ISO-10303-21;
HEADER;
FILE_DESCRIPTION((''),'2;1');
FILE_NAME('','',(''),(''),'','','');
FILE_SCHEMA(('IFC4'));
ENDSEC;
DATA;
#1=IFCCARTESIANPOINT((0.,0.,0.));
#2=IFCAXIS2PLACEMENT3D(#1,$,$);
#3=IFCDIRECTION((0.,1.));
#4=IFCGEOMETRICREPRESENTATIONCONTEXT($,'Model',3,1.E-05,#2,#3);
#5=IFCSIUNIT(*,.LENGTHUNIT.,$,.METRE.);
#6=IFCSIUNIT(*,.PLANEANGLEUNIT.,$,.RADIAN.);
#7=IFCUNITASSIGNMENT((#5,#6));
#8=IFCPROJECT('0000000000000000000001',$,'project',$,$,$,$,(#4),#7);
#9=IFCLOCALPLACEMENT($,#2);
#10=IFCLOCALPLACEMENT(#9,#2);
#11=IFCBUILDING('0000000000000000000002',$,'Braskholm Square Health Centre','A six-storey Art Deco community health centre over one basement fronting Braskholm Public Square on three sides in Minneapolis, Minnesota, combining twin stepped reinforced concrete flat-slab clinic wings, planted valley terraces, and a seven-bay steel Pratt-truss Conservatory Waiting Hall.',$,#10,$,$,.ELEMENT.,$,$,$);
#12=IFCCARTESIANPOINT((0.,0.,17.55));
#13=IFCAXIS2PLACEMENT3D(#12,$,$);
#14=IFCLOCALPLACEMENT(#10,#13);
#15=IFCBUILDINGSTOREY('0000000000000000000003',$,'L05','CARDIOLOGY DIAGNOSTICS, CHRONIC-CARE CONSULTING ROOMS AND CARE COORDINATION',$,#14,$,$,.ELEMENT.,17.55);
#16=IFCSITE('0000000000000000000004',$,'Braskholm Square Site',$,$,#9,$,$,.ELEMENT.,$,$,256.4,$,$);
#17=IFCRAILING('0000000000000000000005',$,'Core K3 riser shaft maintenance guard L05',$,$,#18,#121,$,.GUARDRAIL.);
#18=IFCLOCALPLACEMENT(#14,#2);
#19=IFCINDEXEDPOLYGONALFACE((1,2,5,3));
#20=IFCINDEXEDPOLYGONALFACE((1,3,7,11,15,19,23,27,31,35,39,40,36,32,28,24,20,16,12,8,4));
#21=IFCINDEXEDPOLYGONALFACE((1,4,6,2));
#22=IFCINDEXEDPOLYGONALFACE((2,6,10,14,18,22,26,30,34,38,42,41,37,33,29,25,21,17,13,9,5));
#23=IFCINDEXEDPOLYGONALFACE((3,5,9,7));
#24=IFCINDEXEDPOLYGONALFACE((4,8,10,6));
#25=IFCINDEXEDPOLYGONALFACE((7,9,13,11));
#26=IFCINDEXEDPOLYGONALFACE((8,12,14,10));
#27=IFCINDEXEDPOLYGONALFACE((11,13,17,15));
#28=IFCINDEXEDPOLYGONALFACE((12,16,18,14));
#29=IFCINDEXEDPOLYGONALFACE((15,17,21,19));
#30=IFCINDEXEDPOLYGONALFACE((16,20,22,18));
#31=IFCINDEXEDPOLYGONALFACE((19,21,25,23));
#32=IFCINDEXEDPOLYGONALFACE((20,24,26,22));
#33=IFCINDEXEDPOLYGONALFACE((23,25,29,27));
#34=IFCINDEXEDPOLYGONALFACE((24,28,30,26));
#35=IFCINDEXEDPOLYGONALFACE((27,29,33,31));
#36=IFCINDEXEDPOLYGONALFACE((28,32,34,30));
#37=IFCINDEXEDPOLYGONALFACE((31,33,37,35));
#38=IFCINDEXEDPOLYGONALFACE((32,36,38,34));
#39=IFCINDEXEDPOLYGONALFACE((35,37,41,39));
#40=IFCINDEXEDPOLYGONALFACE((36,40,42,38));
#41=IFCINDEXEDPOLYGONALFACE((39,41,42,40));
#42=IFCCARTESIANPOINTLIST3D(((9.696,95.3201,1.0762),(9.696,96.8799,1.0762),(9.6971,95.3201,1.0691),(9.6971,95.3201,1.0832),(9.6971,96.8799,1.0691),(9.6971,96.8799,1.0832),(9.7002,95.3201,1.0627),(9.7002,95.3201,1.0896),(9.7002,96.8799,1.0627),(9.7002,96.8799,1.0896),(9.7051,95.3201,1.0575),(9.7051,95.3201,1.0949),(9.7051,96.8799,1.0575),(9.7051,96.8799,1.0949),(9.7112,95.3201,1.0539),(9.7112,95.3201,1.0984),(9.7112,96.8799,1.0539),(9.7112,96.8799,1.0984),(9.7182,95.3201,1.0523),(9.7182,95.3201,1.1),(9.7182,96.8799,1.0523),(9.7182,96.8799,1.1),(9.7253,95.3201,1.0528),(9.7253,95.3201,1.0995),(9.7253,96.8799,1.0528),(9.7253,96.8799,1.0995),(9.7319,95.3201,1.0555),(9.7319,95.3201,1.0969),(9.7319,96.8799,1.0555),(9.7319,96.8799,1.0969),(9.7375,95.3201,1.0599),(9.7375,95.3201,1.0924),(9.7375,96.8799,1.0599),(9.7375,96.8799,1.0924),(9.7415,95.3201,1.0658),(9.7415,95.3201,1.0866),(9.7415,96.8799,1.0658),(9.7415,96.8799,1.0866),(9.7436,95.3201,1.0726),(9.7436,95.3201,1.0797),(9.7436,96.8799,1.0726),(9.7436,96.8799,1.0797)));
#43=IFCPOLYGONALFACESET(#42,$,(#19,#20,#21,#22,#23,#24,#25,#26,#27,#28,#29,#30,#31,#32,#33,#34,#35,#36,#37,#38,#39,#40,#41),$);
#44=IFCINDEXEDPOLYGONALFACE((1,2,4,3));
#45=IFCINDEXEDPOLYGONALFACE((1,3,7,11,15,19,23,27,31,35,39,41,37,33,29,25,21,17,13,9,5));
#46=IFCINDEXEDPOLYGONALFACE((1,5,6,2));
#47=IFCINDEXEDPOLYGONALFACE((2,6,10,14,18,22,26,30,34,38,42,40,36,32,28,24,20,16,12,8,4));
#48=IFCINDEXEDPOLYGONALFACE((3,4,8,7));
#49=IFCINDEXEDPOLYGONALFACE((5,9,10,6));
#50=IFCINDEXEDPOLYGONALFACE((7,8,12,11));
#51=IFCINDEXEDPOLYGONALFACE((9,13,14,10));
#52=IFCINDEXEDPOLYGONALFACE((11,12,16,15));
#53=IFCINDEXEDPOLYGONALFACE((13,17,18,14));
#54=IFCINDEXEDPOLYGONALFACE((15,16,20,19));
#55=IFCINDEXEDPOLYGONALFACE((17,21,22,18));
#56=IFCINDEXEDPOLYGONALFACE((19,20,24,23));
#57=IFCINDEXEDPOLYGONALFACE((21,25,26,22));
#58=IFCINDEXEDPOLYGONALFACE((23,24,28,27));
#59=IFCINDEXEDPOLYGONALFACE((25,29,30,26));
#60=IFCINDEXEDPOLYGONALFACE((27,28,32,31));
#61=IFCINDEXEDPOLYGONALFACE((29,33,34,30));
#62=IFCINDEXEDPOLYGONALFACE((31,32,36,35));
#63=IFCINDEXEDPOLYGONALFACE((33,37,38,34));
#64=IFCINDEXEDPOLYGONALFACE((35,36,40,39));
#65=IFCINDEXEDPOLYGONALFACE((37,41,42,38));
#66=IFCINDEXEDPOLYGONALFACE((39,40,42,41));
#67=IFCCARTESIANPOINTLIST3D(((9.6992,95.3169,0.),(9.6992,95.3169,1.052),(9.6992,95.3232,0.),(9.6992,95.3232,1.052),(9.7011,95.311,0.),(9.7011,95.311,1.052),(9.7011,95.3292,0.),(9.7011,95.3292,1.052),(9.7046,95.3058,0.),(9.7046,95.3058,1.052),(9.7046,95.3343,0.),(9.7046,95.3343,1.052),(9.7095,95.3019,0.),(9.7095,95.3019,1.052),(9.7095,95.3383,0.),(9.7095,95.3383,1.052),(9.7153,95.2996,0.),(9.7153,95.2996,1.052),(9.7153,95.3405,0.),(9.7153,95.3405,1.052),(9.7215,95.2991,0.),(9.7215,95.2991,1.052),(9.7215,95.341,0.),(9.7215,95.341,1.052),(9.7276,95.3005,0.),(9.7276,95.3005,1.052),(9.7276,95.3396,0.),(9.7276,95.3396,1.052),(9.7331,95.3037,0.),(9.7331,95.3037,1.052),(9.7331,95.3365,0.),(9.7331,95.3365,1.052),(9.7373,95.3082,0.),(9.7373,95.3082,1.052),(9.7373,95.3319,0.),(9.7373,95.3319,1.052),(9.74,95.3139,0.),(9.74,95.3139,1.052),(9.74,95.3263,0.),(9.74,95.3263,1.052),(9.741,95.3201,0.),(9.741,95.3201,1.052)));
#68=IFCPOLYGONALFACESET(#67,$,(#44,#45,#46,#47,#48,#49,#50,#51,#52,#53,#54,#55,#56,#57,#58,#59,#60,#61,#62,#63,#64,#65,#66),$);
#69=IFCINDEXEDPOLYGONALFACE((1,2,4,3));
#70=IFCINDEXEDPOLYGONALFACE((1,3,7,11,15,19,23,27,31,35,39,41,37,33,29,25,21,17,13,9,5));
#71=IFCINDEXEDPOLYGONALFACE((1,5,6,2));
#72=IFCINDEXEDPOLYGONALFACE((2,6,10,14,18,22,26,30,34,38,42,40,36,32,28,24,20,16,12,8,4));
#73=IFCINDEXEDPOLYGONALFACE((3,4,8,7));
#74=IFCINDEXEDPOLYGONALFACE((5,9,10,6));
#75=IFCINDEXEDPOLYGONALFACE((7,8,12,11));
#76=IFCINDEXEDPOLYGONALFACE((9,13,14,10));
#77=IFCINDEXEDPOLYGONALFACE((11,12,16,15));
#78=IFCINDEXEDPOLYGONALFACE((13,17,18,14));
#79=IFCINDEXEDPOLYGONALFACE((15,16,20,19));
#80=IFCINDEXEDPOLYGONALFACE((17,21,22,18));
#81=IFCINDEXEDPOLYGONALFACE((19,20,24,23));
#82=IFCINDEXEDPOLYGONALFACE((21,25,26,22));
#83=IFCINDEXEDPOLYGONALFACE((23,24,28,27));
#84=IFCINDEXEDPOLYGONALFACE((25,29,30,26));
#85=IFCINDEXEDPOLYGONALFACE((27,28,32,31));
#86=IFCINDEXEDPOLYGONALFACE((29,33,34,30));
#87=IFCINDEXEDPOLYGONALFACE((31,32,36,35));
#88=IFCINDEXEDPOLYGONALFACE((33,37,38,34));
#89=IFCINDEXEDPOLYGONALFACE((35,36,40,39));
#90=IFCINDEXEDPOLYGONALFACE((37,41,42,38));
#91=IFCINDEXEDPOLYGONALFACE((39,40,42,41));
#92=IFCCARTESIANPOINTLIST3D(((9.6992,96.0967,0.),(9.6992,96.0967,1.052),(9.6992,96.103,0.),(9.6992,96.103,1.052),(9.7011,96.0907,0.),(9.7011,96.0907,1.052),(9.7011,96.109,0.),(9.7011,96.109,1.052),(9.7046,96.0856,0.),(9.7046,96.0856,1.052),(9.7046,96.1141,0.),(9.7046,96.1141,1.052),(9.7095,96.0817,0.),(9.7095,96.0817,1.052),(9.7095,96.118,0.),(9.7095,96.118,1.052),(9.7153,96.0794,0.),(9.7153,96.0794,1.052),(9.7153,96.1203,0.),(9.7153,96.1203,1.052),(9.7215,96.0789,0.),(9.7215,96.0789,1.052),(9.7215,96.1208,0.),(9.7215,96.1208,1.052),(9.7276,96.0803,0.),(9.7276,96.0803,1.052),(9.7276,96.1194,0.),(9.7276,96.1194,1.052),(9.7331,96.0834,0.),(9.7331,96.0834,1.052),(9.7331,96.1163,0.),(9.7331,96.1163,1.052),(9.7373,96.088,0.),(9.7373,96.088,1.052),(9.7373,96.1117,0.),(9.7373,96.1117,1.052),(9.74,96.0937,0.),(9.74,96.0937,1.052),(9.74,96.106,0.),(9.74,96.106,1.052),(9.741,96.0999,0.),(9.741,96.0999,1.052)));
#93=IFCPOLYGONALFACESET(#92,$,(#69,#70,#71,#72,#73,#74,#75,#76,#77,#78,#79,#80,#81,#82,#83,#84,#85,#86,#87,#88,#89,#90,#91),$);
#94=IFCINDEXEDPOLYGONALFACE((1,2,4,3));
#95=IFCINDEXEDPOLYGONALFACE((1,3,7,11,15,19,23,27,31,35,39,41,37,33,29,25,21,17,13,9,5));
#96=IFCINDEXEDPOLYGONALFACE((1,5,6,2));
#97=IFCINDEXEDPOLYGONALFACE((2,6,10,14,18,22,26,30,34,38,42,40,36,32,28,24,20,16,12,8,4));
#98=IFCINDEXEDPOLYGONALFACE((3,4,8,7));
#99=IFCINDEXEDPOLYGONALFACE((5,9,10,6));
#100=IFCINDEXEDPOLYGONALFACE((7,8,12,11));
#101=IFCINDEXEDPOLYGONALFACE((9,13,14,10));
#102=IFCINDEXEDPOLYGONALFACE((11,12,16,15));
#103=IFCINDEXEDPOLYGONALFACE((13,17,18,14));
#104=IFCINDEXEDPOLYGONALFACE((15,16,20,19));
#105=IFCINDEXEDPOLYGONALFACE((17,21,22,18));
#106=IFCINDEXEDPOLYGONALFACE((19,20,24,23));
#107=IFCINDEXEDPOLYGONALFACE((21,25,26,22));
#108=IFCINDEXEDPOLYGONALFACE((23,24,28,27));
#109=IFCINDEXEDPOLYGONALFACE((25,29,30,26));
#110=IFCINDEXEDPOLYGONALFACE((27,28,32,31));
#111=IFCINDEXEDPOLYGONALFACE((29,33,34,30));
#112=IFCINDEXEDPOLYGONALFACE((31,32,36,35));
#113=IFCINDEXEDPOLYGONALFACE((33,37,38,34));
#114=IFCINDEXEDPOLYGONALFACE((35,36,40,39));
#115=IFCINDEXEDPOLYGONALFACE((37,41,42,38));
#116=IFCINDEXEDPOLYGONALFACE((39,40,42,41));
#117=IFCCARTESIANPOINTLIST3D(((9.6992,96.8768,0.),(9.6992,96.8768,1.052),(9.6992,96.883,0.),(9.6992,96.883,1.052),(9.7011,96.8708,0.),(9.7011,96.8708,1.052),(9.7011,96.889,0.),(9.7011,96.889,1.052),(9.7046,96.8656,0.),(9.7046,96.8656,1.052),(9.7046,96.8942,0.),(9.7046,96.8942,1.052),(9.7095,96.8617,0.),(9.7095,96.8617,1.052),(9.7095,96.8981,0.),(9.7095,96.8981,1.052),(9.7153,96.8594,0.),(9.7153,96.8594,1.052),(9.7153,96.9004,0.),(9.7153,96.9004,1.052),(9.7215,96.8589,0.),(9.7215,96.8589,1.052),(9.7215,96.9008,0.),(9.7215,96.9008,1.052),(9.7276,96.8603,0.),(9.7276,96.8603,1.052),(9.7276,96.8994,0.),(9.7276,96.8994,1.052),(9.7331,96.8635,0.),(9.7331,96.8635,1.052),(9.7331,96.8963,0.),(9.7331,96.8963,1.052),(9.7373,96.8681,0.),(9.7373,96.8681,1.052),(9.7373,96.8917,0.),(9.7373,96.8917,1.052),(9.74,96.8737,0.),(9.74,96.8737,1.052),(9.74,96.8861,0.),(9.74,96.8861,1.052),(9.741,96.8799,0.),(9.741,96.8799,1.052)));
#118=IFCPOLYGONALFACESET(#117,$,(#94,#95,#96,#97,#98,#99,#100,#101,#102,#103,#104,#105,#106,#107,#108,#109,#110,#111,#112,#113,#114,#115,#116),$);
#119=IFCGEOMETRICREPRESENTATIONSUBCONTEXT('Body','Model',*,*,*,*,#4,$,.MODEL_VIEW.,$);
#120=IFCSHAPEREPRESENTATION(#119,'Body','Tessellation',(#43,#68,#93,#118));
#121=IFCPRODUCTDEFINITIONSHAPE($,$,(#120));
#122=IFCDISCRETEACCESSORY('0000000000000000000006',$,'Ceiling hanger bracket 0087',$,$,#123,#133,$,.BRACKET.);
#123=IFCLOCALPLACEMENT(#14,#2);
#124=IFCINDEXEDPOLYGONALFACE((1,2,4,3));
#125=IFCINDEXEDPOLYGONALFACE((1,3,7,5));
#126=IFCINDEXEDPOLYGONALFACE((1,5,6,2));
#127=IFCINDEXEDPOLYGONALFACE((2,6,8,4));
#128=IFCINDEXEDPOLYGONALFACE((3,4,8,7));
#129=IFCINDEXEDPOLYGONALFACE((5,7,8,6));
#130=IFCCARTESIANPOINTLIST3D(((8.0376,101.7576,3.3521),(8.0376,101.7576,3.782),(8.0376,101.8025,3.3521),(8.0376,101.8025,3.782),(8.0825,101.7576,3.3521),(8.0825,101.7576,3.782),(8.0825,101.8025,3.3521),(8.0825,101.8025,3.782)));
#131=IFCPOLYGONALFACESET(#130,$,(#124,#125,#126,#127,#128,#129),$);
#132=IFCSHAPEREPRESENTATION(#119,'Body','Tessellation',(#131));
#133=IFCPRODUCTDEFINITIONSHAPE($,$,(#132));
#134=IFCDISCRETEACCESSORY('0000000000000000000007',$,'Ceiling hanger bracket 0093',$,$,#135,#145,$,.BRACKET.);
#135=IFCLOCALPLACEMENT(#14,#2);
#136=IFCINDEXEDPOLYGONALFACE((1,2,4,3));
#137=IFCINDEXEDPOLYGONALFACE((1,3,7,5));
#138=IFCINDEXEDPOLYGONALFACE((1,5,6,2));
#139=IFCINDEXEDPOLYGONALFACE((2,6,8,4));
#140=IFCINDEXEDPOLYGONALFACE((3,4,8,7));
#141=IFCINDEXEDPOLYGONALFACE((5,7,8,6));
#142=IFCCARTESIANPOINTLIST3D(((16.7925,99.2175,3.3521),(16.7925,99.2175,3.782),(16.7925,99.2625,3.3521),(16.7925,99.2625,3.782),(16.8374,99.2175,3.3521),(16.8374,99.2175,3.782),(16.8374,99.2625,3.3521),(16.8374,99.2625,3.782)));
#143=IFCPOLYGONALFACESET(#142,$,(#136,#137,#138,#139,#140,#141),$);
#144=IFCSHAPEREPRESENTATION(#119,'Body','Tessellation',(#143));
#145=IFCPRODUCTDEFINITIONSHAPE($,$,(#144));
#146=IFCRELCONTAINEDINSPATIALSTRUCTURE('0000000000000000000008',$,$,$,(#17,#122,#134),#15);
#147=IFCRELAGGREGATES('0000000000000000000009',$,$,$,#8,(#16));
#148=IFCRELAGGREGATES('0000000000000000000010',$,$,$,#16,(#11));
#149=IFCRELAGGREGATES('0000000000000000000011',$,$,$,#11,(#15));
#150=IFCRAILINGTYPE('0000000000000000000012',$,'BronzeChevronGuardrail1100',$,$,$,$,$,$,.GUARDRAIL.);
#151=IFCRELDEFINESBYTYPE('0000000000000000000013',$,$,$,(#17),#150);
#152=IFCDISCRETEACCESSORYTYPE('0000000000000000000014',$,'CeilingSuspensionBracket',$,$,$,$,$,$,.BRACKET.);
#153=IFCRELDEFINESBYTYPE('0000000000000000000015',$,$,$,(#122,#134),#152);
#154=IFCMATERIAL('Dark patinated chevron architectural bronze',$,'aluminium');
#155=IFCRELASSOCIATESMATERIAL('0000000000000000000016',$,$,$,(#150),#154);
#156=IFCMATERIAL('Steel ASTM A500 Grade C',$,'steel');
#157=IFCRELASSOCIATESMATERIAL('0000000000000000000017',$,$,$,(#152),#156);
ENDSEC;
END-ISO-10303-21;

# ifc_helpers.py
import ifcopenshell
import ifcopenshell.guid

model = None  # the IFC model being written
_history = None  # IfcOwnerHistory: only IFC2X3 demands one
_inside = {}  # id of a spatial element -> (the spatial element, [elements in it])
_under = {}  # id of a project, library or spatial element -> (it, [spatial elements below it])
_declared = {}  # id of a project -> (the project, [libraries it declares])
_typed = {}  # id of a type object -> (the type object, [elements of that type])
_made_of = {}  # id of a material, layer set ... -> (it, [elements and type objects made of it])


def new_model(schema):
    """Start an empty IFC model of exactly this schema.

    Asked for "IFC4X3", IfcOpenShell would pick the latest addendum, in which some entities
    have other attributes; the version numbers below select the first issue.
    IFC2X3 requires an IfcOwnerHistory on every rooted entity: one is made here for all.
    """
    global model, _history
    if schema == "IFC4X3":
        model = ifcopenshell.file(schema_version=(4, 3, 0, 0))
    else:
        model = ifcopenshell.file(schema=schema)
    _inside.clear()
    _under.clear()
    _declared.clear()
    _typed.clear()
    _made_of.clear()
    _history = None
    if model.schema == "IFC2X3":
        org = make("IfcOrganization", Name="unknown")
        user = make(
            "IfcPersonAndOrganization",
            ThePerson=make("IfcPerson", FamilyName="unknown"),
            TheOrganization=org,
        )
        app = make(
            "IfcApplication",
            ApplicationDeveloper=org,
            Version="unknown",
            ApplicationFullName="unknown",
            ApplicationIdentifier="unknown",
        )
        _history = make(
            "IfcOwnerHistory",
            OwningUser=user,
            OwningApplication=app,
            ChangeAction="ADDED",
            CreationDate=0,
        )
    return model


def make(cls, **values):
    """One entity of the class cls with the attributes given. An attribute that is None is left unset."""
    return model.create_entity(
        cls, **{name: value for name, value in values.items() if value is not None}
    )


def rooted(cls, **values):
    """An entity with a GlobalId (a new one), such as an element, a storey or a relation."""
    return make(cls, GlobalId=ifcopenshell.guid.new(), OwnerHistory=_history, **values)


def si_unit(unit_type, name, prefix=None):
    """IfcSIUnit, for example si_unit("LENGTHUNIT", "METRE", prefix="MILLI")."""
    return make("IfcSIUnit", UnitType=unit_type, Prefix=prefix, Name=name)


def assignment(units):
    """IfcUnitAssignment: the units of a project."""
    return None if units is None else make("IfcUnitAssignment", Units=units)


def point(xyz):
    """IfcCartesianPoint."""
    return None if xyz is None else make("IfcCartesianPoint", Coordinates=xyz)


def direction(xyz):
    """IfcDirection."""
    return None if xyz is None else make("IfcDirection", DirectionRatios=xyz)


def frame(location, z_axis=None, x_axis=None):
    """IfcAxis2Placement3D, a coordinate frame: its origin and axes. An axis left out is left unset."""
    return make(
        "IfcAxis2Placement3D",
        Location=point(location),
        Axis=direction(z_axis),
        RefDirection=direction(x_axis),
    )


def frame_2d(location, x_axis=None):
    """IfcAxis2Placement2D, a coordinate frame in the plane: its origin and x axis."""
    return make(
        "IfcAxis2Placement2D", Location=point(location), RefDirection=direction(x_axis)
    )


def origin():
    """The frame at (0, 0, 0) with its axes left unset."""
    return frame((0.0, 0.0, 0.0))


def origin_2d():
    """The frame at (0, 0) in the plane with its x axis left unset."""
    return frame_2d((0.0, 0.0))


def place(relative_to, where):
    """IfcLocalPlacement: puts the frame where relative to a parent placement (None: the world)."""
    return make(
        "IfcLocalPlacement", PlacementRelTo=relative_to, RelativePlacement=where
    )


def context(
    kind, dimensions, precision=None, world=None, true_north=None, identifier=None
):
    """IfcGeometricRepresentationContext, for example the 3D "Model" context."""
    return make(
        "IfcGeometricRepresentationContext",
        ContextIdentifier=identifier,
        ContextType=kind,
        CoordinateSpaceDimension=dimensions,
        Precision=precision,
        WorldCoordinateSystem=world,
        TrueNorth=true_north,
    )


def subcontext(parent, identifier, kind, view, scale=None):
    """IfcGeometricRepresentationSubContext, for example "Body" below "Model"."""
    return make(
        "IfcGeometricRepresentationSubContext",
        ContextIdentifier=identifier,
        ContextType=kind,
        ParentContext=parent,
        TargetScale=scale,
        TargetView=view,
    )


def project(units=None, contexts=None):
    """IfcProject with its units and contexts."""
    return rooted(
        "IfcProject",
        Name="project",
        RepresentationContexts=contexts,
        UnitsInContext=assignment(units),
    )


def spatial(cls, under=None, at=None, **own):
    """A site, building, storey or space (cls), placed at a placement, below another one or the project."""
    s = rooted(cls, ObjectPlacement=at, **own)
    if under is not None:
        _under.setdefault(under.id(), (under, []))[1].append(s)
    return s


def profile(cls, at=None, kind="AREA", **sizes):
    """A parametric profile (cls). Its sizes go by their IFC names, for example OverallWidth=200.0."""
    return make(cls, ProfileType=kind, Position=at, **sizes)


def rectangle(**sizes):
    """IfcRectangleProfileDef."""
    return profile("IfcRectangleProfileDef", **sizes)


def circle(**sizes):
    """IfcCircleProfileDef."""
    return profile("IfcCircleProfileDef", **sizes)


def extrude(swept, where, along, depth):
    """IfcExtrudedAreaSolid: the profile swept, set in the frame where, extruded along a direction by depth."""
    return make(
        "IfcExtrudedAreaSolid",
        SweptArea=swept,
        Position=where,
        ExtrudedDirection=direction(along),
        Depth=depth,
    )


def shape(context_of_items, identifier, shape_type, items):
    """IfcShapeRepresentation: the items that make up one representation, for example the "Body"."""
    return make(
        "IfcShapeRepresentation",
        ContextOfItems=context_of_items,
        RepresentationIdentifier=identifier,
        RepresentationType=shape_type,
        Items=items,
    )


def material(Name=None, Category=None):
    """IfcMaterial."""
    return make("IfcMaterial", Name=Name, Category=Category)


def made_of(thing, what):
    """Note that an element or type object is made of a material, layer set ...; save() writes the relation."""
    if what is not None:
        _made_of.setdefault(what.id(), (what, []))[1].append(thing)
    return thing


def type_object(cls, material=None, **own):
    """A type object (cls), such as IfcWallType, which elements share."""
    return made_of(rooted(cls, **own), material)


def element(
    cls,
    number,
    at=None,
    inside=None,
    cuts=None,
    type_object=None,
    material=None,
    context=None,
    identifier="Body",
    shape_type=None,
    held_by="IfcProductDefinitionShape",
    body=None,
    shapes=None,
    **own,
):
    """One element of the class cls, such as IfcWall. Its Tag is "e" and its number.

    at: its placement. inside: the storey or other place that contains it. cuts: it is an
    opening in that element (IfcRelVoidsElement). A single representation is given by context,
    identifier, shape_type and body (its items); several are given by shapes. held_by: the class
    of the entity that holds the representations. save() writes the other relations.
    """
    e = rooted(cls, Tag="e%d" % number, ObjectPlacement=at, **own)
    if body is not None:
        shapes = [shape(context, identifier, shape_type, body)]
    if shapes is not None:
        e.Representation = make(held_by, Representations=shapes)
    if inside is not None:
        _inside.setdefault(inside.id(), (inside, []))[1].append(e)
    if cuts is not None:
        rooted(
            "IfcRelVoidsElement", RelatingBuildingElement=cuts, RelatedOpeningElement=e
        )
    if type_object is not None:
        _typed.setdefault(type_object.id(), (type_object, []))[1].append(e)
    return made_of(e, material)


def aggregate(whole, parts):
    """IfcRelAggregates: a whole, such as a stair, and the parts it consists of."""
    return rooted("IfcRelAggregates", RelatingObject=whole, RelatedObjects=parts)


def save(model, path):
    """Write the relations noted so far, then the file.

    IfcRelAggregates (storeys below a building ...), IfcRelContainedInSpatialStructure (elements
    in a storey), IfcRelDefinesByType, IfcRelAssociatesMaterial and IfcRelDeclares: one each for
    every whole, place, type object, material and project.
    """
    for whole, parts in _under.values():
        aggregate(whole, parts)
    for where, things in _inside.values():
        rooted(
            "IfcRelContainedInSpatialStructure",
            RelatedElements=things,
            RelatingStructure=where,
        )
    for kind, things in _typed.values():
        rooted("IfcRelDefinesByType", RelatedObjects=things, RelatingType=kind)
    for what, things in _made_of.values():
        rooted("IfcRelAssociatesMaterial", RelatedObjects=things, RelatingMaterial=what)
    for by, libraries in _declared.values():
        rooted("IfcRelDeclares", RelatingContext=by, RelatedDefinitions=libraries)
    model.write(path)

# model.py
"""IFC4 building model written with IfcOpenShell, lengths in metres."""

from ifc_helpers import new_model, si_unit, direction, frame, origin, origin_2d, place, context, subcontext, project, spatial, rectangle, circle, extrude, material, type_object, element, save


model = new_model("IFC4")

# Units and contexts
model_context = context("Model", 3, precision=1e-05, world=origin(), true_north=direction((0.0, 1.0)))
body_context = subcontext(model_context, "Body", "Model", "MODEL_VIEW")
ifc_project = project(units=[si_unit("LENGTHUNIT", "METRE"), si_unit("PLANEANGLEUNIT", "RADIAN")], contexts=[model_context])

# Site, building, storey
site_placement = place(None, origin())
site = spatial("IfcSite", under=ifc_project, at=site_placement, Name="Braskholm Square Site", CompositionType="ELEMENT", RefElevation=256.4)
building_placement = place(site_placement, origin())
building = spatial("IfcBuilding", under=site, at=building_placement, Name="Braskholm Square Health Centre", Description="A six-storey Art Deco community health centre over one basement fronting Braskholm Public Square on three sides in Minneapolis, Minnesota, combining twin stepped reinforced concrete flat-slab clinic wings, planted valley terraces, and a seven-bay steel Pratt-truss Conservatory Waiting Hall.", CompositionType="ELEMENT")
storey_placement = place(building_placement, frame((0.0, 0.0, 17.55)))
storey = spatial("IfcBuildingStorey", under=building, at=storey_placement, Name="L05", Description="CARDIOLOGY DIAGNOSTICS, CHRONIC-CARE CONSULTING ROOMS AND CARE COORDINATION", CompositionType="ELEMENT", Elevation=17.55)

# Railing
ifc_material_1 = material(Name="Dark patinated chevron architectural bronze", Category="aluminium")
railing_type = type_object("IfcRailingType", Name="BronzeChevronGuardrail1100", PredefinedType="GUARDRAIL", material=ifc_material_1)
railing_placement = place(storey_placement, frame((9.72, 95.3201, 0.0)))
element("IfcRailing", 1, at=railing_placement, inside=storey, type_object=railing_type, Name="Core K3 riser shaft maintenance guard L05", PredefinedType="GUARDRAIL", context=body_context, shape_type="SweptSolid", body=[
    extrude(circle(Radius=0.0239, at=origin_2d()), frame((0.0, 0.0, 1.0762), z_axis=(0.0, 1.0, 0.0), x_axis=(-1.0, 0.0, 0.0)), (0.0, 0.0, 1.0), 1.5598),
    extrude(circle(Radius=0.021, at=origin_2d()), origin(), (0.0, 0.0, 1.0), 1.052),
    extrude(circle(Radius=0.021, at=origin_2d()), frame((0.0, 0.7798, 0.0)), (0.0, 0.0, 1.0), 1.052),
    extrude(circle(Radius=0.021, at=origin_2d()), frame((0.0, 1.5598, 0.0)), (0.0, 0.0, 1.0), 1.052),
])

# Discrete accessories
ifc_material_2 = material(Name="Steel ASTM A500 Grade C", Category="steel")
discrete_accessory_type = type_object("IfcDiscreteAccessoryType", Name="CeilingSuspensionBracket", PredefinedType="BRACKET", material=ifc_material_2)
for number, where, z_axis, x_axis, name in (
    (2, (8.0601, 101.78, 3.3521), (0.0, 0.0, 1.0), (1.0, 0.0, 0.0), "Ceiling hanger bracket 0087"),
    (3, (16.8149, 99.24, 3.3521), (0.0, 0.0, 1.0), (1.0, 0.0, 0.0), "Ceiling hanger bracket 0093"),
):
    element("IfcDiscreteAccessory", number, at=place(storey_placement, frame(where, z_axis=z_axis, x_axis=x_axis)), inside=storey, type_object=discrete_accessory_type, Name=name, PredefinedType="BRACKET", context=body_context, shape_type="SweptSolid", body=[
        extrude(rectangle(XDim=0.0449, YDim=0.0449, at=origin_2d()), origin(), (0.0, 0.0, 1.0), 0.4299),
    ])

save(model, "model.ifc")
